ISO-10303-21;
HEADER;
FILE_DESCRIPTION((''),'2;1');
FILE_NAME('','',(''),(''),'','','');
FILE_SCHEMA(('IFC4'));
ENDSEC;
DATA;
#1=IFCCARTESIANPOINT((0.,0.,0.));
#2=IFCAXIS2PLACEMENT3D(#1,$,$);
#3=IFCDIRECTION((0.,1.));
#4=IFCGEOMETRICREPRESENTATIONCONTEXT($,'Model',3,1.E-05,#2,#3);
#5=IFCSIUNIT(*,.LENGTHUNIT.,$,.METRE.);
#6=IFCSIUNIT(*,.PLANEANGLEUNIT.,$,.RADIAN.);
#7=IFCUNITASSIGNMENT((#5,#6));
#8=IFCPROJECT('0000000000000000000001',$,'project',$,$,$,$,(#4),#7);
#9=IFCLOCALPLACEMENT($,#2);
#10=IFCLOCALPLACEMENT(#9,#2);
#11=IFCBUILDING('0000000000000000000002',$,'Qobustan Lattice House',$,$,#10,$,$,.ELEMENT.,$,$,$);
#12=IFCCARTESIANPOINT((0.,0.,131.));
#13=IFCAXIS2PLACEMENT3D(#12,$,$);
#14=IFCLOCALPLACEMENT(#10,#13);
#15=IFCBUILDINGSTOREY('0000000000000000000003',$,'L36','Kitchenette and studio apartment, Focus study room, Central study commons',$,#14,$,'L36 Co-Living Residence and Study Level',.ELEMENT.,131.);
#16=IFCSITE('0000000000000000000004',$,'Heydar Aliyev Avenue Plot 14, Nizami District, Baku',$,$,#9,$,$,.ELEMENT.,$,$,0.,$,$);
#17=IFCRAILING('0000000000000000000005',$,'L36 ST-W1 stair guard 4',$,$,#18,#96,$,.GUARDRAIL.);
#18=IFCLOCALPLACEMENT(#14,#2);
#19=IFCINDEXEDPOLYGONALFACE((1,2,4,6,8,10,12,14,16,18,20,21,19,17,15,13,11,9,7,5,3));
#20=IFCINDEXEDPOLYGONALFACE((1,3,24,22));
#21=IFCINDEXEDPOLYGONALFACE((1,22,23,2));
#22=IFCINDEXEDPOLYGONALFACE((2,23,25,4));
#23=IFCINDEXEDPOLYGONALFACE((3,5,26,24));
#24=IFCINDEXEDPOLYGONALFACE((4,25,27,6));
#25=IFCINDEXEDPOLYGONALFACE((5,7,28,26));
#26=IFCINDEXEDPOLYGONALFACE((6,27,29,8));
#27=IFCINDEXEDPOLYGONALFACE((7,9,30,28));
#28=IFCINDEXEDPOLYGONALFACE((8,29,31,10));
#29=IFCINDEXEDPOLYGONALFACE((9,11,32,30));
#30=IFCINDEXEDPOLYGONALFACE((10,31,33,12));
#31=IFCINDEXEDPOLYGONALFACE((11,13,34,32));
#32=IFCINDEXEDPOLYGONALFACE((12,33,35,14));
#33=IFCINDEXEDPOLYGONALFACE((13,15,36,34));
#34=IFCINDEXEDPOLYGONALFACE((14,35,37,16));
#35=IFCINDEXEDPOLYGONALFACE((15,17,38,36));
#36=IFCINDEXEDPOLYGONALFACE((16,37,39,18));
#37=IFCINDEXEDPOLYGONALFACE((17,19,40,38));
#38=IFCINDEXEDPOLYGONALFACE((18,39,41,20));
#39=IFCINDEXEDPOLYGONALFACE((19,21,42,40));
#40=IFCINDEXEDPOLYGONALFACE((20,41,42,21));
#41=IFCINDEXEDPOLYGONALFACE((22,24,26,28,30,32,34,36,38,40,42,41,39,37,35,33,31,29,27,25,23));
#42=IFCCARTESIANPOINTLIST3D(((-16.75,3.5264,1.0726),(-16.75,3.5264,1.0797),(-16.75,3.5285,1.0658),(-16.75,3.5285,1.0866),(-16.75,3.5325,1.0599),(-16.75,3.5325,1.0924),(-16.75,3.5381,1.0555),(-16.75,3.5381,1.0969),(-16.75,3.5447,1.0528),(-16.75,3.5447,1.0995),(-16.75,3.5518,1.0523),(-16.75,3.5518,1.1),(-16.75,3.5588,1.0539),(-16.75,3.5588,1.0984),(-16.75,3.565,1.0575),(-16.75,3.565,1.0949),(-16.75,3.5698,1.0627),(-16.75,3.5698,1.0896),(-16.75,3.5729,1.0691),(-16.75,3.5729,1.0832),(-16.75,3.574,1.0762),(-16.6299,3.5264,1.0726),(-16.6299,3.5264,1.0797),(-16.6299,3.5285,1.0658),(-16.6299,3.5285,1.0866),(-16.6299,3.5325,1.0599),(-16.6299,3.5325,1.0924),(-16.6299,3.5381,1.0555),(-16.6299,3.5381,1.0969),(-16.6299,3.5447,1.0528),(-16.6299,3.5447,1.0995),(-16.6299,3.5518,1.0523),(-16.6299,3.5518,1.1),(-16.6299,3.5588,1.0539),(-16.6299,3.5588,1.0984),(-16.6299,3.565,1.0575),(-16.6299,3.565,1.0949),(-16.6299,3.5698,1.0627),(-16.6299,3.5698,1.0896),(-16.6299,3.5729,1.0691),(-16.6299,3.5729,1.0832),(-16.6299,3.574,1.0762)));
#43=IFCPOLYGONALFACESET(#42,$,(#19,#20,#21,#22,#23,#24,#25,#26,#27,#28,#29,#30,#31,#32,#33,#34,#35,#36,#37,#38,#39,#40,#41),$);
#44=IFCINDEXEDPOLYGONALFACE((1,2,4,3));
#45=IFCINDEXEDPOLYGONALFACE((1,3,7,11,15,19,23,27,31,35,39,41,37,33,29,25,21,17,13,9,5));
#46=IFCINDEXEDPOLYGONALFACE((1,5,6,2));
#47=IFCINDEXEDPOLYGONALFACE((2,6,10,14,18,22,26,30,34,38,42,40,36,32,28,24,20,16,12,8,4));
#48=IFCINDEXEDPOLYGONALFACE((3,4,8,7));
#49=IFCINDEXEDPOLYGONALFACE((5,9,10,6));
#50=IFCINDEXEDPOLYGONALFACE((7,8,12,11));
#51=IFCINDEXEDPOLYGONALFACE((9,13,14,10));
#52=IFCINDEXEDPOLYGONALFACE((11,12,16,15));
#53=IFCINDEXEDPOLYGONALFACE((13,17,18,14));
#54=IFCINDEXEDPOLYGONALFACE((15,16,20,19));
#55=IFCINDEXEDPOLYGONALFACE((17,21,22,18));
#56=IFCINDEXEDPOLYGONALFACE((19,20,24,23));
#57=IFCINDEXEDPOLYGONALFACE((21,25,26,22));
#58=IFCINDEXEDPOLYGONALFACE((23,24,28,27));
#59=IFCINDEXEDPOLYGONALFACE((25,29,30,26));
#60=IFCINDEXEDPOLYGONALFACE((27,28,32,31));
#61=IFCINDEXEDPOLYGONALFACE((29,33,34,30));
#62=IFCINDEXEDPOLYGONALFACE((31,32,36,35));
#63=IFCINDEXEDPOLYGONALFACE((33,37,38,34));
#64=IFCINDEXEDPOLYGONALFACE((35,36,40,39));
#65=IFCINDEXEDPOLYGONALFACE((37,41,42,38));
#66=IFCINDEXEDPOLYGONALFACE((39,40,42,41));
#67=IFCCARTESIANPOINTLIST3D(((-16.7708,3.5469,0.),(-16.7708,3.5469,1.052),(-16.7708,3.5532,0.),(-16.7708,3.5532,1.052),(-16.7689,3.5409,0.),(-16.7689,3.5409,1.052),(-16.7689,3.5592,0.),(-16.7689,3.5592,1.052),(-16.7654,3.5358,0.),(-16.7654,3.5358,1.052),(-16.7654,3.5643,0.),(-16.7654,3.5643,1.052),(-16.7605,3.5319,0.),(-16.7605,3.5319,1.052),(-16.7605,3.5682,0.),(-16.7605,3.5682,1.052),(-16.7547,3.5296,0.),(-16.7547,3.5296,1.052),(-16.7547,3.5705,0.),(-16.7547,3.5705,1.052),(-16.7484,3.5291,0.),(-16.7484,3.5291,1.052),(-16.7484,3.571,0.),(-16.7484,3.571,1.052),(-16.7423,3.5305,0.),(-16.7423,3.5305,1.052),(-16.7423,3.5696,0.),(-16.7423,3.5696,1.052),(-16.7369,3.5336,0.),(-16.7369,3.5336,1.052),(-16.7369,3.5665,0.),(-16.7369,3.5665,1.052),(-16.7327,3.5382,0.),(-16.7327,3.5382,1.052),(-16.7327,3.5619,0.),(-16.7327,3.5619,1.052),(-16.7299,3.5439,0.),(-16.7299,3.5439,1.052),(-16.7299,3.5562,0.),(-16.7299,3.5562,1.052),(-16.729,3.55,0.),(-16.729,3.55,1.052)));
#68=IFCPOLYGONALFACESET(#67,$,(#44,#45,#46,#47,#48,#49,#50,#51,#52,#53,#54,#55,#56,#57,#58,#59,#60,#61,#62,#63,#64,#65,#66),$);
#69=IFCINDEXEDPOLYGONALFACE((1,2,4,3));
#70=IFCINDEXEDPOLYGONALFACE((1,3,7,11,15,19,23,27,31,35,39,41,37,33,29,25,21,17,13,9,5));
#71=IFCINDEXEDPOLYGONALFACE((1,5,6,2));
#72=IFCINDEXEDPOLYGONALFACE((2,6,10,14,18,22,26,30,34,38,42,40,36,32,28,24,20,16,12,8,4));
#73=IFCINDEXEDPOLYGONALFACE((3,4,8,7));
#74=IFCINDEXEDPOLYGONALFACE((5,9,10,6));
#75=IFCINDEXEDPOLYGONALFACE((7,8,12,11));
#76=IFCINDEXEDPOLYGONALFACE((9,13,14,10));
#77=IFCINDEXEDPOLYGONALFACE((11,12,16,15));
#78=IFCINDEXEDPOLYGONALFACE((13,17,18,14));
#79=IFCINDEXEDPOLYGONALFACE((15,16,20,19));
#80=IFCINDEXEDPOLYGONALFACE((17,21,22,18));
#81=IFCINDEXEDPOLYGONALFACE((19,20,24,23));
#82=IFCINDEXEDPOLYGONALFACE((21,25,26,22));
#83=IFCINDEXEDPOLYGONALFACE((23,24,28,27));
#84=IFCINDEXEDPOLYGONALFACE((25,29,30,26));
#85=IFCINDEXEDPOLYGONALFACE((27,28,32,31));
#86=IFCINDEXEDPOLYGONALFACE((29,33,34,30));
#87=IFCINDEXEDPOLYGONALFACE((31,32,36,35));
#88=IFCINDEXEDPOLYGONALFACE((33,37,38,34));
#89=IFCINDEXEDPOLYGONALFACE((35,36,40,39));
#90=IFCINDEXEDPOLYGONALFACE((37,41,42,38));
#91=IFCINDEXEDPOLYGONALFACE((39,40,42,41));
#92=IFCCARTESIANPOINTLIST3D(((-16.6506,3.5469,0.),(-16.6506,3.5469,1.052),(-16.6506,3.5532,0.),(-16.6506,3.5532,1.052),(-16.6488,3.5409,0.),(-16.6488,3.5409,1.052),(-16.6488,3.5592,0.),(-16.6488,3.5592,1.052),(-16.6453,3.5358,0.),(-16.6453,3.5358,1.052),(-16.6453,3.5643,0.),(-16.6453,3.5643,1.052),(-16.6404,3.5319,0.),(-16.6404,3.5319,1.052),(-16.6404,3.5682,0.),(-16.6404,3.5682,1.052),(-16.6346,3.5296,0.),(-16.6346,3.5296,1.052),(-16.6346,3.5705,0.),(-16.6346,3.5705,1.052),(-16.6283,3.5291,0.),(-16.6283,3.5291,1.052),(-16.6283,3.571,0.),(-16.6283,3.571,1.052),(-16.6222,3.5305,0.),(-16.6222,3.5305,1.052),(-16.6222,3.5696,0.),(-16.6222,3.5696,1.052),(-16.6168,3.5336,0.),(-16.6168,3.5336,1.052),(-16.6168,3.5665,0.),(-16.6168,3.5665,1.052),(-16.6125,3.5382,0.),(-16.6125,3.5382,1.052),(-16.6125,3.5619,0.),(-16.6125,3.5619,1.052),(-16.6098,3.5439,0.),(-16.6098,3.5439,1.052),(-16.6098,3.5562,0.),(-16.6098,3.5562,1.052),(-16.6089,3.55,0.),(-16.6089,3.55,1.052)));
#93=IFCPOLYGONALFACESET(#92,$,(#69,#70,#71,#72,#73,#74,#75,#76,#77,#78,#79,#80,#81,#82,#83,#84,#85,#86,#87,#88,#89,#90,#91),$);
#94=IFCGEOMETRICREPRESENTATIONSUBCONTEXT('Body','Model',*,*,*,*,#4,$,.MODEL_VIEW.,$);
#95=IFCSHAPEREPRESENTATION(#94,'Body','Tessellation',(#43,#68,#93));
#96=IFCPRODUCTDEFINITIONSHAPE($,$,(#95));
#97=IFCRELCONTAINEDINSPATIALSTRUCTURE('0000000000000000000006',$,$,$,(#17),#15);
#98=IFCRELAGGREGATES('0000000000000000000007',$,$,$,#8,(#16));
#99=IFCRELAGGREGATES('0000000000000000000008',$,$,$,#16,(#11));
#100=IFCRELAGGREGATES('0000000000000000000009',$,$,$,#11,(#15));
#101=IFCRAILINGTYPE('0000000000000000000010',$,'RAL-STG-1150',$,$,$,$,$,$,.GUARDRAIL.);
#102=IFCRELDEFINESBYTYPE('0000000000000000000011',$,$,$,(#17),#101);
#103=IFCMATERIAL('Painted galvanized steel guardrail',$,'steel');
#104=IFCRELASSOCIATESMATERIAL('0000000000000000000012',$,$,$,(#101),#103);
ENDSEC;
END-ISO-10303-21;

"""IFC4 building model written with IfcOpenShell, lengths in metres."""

from ifc_helpers import new_model, si_unit, direction, frame, origin, origin_2d, place, context, subcontext, project, spatial, circle, extrude, material, type_object, element, save


model = new_model("IFC4")

# Units and contexts
model_context = context("Model", 3, precision=1e-05, world=origin(), true_north=direction((0.0, 1.0)))
body_context = subcontext(model_context, "Body", "Model", "MODEL_VIEW")
ifc_project = project(units=[si_unit("LENGTHUNIT", "METRE"), si_unit("PLANEANGLEUNIT", "RADIAN")], contexts=[model_context])

# Site, building, storey
site_placement = place(None, origin())
site = spatial("IfcSite", under=ifc_project, at=site_placement, Name="Heydar Aliyev Avenue Plot 14, Nizami District, Baku", CompositionType="ELEMENT", RefElevation=0.0)
building_placement = place(site_placement, origin())
building = spatial("IfcBuilding", under=site, at=building_placement, Name="Qobustan Lattice House", CompositionType="ELEMENT")
storey_placement = place(building_placement, frame((0.0, 0.0, 131.0)))
storey = spatial("IfcBuildingStorey", under=building, at=storey_placement, Name="L36", Description="Kitchenette and studio apartment, Focus study room, Central study commons", LongName="L36 Co-Living Residence and Study Level", CompositionType="ELEMENT", Elevation=131.0)

# Railing
ifc_material_1 = material(Name="Painted galvanized steel guardrail", Category="steel")
railing_type_1 = type_object("IfcRailingType", Name="RAL-STG-1150", PredefinedType="GUARDRAIL", material=ifc_material_1)
railing_1_placement = place(storey_placement, frame((-16.75, 3.55, 0.0)))
element("IfcRailing", 1, at=railing_1_placement, inside=storey, type_object=railing_type_1, Name="L36 ST-W1 stair guard 4", PredefinedType="GUARDRAIL", context=body_context, shape_type="SweptSolid", body=[
    extrude(circle(Radius=0.0239, at=origin_2d()), frame((0.0, 0.0, 1.0762), z_axis=(1.0, 0.0, 0.0), x_axis=(0.0, 1.0, 0.0)), (0.0, 0.0, 1.0), 0.1201),
    extrude(circle(Radius=0.021, at=origin_2d()), origin(), (0.0, 0.0, 1.0), 1.052),
    extrude(circle(Radius=0.021, at=origin_2d()), frame((0.1201, 0.0, 0.0)), (0.0, 0.0, 1.0), 1.052),
])

save(model, "model.ifc")
